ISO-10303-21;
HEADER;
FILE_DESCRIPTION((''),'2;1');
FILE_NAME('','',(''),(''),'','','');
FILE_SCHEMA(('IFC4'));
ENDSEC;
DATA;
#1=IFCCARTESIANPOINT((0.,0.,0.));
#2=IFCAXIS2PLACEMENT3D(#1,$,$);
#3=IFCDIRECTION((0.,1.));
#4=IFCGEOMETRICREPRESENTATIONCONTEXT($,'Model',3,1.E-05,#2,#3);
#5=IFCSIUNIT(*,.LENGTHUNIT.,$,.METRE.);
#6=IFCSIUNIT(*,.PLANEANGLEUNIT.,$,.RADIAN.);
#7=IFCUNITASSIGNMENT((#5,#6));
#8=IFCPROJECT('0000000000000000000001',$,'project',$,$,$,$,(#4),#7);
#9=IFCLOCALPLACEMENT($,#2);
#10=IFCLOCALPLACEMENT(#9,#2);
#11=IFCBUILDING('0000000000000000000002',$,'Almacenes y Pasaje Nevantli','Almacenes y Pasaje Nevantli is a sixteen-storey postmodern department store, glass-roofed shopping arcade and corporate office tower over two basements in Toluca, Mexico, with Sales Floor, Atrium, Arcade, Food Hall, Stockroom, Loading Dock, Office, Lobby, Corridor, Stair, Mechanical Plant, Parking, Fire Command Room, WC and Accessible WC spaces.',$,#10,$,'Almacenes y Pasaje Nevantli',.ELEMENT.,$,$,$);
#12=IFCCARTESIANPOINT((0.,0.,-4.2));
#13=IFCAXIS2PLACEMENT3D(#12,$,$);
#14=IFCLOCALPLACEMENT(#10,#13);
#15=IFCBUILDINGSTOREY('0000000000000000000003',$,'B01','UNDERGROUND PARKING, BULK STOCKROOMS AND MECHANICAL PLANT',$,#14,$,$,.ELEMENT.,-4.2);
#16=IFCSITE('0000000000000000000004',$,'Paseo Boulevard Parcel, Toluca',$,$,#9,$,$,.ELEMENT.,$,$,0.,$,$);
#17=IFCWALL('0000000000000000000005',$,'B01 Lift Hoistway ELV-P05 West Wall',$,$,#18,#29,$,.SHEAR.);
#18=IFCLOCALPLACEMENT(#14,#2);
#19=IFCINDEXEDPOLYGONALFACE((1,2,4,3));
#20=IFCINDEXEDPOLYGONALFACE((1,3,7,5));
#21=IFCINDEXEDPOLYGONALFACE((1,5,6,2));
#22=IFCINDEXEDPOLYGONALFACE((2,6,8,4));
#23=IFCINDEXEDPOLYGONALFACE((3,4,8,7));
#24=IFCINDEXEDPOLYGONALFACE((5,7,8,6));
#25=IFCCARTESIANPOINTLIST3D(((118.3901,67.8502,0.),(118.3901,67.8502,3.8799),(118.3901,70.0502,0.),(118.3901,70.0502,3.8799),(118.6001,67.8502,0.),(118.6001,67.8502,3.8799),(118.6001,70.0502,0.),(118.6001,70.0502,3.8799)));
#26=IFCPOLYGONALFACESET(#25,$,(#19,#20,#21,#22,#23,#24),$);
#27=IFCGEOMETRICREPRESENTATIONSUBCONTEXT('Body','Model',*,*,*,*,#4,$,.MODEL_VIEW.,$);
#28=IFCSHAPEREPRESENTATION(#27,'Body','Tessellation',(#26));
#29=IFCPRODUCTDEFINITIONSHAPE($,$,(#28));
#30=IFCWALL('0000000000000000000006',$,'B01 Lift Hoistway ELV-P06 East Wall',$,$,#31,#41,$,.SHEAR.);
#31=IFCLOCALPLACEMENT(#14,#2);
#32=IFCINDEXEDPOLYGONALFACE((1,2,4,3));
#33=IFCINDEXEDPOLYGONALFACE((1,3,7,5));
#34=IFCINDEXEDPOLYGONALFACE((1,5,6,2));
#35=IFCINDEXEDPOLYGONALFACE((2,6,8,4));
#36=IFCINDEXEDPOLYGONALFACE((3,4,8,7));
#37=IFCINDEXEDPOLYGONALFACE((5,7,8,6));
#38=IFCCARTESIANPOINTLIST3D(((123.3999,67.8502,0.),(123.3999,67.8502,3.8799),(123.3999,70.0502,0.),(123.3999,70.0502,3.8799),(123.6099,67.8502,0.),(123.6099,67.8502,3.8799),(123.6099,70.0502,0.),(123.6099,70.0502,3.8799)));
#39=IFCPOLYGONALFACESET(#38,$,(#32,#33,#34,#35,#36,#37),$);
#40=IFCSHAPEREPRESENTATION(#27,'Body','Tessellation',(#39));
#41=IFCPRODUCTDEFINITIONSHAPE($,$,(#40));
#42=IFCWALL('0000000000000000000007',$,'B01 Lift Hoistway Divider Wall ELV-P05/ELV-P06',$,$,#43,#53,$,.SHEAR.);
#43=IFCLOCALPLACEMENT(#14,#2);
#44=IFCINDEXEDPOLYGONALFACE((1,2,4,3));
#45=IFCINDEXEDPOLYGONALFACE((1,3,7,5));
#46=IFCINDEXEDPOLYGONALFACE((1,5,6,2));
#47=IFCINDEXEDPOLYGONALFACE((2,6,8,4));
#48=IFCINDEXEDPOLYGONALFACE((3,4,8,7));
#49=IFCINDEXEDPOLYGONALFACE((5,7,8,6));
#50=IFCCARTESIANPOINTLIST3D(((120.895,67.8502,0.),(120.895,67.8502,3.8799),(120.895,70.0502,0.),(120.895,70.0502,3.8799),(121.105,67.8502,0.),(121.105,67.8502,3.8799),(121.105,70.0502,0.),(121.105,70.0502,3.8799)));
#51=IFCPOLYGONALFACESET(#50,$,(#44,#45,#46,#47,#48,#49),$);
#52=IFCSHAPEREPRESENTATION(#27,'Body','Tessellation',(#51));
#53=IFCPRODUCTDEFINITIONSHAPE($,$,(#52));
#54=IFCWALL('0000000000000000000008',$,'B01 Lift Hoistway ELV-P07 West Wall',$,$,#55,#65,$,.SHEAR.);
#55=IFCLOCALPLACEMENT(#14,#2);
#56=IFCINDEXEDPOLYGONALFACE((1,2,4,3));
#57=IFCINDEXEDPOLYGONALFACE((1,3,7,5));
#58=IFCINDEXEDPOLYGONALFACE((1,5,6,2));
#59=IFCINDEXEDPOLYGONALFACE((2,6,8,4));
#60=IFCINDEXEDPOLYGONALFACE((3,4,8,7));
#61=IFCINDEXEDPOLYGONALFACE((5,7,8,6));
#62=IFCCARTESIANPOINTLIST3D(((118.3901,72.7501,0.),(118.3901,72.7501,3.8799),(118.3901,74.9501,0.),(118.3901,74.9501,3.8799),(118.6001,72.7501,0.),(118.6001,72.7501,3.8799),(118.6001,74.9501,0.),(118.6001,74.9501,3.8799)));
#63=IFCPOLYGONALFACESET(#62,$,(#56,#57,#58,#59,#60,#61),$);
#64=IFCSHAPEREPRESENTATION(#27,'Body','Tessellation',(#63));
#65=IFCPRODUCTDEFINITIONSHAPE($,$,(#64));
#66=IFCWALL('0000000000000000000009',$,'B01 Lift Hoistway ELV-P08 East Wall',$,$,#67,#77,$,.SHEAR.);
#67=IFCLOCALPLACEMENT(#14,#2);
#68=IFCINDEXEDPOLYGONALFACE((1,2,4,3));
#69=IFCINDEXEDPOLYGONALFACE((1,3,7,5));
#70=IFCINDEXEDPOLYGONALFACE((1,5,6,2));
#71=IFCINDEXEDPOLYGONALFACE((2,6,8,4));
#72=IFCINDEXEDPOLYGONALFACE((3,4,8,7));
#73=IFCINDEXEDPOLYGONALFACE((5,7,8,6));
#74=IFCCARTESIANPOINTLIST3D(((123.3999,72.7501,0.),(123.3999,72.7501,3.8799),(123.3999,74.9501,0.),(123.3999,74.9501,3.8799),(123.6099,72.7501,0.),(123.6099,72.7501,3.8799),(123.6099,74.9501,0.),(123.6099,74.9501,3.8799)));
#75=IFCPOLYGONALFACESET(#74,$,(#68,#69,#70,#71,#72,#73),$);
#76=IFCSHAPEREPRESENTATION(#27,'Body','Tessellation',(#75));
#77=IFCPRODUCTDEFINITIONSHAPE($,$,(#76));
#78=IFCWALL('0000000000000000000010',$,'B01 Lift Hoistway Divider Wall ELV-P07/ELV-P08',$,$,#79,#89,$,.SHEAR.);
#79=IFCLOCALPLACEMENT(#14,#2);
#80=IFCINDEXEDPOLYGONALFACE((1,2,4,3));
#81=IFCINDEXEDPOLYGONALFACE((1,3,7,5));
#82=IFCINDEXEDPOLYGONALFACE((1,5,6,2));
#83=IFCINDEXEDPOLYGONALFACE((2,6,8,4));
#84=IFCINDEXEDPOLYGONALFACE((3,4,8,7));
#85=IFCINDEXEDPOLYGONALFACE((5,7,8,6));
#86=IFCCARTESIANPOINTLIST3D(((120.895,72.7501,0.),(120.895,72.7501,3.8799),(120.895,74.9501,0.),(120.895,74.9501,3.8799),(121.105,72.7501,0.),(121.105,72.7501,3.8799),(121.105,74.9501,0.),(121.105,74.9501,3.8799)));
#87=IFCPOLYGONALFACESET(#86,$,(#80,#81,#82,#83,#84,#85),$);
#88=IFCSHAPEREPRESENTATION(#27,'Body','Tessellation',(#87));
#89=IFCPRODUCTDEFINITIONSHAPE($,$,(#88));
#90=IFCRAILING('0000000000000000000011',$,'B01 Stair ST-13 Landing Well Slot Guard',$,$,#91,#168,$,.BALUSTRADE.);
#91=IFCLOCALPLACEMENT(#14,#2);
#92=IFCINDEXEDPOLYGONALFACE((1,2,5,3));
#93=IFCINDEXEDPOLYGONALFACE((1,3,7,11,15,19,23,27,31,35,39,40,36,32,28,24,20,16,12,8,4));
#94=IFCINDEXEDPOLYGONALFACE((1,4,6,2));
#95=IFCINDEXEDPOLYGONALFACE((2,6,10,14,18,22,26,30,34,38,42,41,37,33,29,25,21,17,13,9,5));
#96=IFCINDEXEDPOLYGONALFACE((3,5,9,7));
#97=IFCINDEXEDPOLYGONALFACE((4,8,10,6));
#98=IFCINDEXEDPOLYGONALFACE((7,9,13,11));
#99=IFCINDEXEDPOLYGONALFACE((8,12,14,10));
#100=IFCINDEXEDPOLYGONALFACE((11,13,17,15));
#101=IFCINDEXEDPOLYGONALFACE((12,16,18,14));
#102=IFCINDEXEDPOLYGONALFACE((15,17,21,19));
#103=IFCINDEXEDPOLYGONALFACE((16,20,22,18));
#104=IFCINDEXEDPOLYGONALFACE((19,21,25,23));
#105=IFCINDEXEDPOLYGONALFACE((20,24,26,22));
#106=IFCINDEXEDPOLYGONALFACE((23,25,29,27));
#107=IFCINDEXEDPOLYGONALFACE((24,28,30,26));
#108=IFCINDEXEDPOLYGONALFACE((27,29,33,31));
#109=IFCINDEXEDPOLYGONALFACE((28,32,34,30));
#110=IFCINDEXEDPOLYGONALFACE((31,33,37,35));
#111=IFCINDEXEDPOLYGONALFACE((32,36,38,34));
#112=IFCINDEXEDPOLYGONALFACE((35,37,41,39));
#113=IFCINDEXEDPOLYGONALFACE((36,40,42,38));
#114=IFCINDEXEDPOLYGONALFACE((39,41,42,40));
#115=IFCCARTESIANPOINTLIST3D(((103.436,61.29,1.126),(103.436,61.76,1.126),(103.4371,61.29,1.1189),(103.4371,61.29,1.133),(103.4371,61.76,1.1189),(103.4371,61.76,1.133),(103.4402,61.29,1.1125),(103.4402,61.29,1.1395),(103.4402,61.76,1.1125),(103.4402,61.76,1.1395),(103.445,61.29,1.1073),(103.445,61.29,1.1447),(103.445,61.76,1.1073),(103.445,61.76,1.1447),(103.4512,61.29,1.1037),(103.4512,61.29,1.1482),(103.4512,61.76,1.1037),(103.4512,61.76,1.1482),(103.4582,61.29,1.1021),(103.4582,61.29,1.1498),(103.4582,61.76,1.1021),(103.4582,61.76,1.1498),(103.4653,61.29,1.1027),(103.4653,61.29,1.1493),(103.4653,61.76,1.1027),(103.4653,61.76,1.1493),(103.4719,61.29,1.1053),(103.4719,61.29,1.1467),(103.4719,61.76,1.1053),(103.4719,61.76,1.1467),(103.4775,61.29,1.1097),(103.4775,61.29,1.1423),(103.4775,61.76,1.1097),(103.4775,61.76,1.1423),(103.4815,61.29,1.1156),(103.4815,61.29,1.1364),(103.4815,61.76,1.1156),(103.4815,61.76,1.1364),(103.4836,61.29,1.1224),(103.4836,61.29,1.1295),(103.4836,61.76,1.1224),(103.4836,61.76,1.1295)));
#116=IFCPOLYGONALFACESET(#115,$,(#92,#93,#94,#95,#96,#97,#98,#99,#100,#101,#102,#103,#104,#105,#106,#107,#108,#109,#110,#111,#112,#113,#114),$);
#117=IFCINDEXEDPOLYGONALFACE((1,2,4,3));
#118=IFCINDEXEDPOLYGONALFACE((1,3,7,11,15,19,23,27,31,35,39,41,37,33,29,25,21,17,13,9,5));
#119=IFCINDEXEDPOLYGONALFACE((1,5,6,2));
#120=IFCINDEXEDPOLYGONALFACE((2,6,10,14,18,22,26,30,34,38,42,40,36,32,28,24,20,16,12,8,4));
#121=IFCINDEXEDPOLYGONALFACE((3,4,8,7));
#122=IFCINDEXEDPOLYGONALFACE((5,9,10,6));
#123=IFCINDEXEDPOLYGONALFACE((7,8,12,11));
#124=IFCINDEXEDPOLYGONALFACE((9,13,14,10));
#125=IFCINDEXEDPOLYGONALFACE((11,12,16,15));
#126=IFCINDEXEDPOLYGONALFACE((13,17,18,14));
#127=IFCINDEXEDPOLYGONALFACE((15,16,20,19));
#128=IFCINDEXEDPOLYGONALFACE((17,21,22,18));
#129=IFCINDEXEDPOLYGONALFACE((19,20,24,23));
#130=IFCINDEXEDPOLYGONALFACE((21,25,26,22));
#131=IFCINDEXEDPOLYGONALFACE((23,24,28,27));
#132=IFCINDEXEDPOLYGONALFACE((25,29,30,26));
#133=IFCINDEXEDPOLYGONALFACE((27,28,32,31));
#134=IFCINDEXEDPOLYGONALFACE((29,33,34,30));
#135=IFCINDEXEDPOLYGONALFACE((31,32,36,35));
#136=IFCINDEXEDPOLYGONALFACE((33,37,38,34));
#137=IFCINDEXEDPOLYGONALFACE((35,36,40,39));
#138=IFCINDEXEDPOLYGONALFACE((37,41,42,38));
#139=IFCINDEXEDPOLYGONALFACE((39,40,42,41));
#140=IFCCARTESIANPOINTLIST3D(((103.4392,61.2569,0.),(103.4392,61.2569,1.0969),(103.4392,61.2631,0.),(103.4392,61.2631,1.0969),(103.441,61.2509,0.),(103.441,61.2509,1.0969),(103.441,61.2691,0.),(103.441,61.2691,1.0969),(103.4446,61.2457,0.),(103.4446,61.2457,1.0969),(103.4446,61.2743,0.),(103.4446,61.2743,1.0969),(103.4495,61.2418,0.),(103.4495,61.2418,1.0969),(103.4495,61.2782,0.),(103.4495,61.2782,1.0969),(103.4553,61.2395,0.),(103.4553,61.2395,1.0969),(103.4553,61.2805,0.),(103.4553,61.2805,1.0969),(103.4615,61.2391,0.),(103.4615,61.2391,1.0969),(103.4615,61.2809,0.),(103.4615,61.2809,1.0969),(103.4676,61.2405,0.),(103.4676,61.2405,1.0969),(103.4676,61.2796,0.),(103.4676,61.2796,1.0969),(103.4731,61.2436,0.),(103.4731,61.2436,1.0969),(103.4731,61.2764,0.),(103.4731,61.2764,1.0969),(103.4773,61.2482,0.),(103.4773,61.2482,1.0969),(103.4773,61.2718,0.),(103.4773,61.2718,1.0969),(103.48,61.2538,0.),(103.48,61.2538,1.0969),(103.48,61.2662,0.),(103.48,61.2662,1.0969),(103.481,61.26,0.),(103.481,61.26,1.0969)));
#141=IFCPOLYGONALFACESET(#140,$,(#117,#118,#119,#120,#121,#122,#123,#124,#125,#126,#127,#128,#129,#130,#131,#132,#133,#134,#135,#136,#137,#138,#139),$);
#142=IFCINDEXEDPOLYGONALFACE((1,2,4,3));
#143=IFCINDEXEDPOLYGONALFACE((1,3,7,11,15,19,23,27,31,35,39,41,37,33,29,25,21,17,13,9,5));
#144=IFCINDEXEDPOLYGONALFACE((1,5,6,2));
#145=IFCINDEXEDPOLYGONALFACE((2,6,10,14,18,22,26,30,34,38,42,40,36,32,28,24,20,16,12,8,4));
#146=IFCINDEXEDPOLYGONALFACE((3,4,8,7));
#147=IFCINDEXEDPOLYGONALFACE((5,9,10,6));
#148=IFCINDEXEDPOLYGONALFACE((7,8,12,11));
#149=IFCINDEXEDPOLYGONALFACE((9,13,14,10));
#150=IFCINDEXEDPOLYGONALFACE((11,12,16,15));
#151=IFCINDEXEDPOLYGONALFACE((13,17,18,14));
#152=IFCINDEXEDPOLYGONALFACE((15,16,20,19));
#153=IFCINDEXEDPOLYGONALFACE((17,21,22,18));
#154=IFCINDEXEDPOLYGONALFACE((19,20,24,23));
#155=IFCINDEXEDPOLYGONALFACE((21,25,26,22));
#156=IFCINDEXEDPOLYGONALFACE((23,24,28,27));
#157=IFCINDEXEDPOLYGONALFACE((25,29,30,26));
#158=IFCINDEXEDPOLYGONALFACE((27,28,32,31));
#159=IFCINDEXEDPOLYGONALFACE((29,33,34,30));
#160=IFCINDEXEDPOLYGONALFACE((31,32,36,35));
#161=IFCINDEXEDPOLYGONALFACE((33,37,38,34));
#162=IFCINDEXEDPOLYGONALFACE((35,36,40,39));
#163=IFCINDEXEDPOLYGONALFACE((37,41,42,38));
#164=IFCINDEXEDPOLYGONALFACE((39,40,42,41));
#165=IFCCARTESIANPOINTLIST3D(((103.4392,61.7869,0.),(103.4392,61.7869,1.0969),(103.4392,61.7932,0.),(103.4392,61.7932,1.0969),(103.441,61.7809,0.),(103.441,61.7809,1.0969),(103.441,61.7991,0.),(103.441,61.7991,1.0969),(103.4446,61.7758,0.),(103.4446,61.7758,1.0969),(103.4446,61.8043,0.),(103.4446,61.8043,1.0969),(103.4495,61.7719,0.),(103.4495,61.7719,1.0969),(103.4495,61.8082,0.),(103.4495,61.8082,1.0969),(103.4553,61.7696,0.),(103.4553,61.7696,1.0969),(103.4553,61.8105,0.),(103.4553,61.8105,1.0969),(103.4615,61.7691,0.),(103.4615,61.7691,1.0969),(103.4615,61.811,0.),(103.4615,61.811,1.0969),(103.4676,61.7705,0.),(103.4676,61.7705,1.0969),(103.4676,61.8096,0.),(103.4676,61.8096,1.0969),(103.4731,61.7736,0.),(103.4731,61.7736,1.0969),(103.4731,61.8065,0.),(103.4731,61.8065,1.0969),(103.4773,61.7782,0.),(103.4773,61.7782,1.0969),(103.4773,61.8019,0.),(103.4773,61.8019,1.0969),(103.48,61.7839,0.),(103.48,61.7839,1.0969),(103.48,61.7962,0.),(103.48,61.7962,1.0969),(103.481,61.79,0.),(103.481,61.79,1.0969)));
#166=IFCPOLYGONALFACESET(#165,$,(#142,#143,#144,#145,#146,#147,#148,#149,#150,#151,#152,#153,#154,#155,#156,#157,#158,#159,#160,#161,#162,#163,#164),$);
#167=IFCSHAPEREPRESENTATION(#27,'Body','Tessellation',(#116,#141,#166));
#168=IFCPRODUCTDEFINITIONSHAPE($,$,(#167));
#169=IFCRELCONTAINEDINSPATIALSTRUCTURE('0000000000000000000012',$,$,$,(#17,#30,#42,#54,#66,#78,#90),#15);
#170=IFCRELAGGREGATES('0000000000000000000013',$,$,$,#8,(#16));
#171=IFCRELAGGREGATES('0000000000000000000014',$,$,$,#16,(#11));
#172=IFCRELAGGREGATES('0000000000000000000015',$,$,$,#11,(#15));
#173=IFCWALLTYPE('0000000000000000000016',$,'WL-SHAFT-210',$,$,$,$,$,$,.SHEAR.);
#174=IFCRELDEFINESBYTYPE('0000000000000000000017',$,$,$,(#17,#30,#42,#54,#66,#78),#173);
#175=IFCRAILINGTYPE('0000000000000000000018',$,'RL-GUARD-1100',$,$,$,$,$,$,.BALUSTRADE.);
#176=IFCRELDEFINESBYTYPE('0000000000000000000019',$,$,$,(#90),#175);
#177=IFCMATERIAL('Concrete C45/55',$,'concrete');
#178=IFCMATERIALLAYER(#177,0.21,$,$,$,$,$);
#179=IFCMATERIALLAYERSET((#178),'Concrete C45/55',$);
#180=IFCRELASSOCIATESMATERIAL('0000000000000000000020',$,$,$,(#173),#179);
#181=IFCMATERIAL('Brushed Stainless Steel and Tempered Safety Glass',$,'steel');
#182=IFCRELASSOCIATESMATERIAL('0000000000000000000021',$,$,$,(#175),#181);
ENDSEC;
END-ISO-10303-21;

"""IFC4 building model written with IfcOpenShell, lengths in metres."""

from ifc_helpers import new_model, si_unit, direction, frame, frame_2d, origin, origin_2d, place, context, subcontext, project, spatial, rectangle, circle, extrude, material, layer, layer_set, type_object, element, save


model = new_model("IFC4")

# Units and contexts
model_context = context("Model", 3, precision=1e-05, world=origin(), true_north=direction((0.0, 1.0)))
body_context = subcontext(model_context, "Body", "Model", "MODEL_VIEW")
ifc_project = project(units=[si_unit("LENGTHUNIT", "METRE"), si_unit("PLANEANGLEUNIT", "RADIAN")], contexts=[model_context])

# Site, building, storey
site_placement = place(None, origin())
site = spatial("IfcSite", under=ifc_project, at=site_placement, Name="Paseo Boulevard Parcel, Toluca", CompositionType="ELEMENT", RefElevation=0.0)
building_placement = place(site_placement, origin())
building = spatial("IfcBuilding", under=site, at=building_placement, Name="Almacenes y Pasaje Nevantli", Description="Almacenes y Pasaje Nevantli is a sixteen-storey postmodern department store, glass-roofed shopping arcade and corporate office tower over two basements in Toluca, Mexico, with Sales Floor, Atrium, Arcade, Food Hall, Stockroom, Loading Dock, Office, Lobby, Corridor, Stair, Mechanical Plant, Parking, Fire Command Room, WC and Accessible WC spaces.", LongName="Almacenes y Pasaje Nevantli", CompositionType="ELEMENT")
storey_placement = place(building_placement, frame((0.0, 0.0, -4.2)))
storey = spatial("IfcBuildingStorey", under=building, at=storey_placement, Name="B01", Description="UNDERGROUND PARKING, BULK STOCKROOMS AND MECHANICAL PLANT", CompositionType="ELEMENT", Elevation=-4.2)

# Shared definitions
ifc_material_1 = material(Name="Concrete C45/55", Category="concrete")
ifc_layer_1 = layer(ifc_material_1, 0.21)
ifc_layer_set_1 = layer_set([ifc_layer_1], Name="Concrete C45/55")
wall_type_1 = type_object("IfcWallType", Name="WL-SHAFT-210", PredefinedType="SHEAR", material=ifc_layer_set_1)

# Walls
for number, where, z_axis, x_axis, name in (
    (1, (118.4951, 67.8501, 0.0), (0.0, 0.0, 1.0), (0.0, 1.0, 0.0), "B01 Lift Hoistway ELV-P05 West Wall"),
    (2, (123.5049, 67.8501, 0.0), (0.0, 0.0, 1.0), (0.0, 1.0, 0.0), "B01 Lift Hoistway ELV-P06 East Wall"),
    (3, (121.0, 67.8501, 0.0), (0.0, 0.0, 1.0), (0.0, 1.0, 0.0), "B01 Lift Hoistway Divider Wall ELV-P05/ELV-P06"),
):
    element("IfcWall", number, at=place(storey_placement, frame(where, z_axis=z_axis, x_axis=x_axis)), inside=storey, type_object=wall_type_1, Name=name, PredefinedType="SHEAR", context=body_context, shape_type="SweptSolid", body=[
        extrude(rectangle(XDim=2.2, YDim=0.21, at=frame_2d((1.1001, 0.0))), origin(), (0.0, 0.0, 1.0), 3.8799),
    ])

# Walls
for number, where, z_axis, x_axis, name in (
    (4, (118.4951, 72.75, 0.0), (0.0, 0.0, 1.0), (0.0, 1.0, 0.0), "B01 Lift Hoistway ELV-P07 West Wall"),
    (5, (123.5049, 72.75, 0.0), (0.0, 0.0, 1.0), (0.0, 1.0, 0.0), "B01 Lift Hoistway ELV-P08 East Wall"),
    (6, (121.0, 72.75, 0.0), (0.0, 0.0, 1.0), (0.0, 1.0, 0.0), "B01 Lift Hoistway Divider Wall ELV-P07/ELV-P08"),
):
    element("IfcWall", number, at=place(storey_placement, frame(where, z_axis=z_axis, x_axis=x_axis)), inside=storey, type_object=wall_type_1, Name=name, PredefinedType="SHEAR", context=body_context, shape_type="SweptSolid", body=[
        extrude(rectangle(XDim=2.2, YDim=0.21, at=frame_2d((1.1001, 0.0))), origin(), (0.0, 0.0, 1.0), 3.8799),
    ])

# Railing
ifc_material_2 = material(Name="Brushed Stainless Steel and Tempered Safety Glass", Category="steel")
railing_type = type_object("IfcRailingType", Name="RL-GUARD-1100", PredefinedType="BALUSTRADE", material=ifc_material_2)
railing_placement = place(storey_placement, frame((103.46, 61.26, 0.0)))
element("IfcRailing", 7, at=railing_placement, inside=storey, type_object=railing_type, Name="B01 Stair ST-13 Landing Well Slot Guard", PredefinedType="BALUSTRADE", context=body_context, shape_type="SweptSolid", body=[
    extrude(circle(Radius=0.0239, at=origin_2d()), frame((0.0, 0.03, 1.126), z_axis=(0.0, 1.0, 0.0), x_axis=(-1.0, 0.0, 0.0)), (0.0, 0.0, 1.0), 0.47),
    extrude(circle(Radius=0.021, at=origin_2d()), origin(), (0.0, 0.0, 1.0), 1.0969),
    extrude(circle(Radius=0.021, at=origin_2d()), frame((0.0, 0.53, 0.0)), (0.0, 0.0, 1.0), 1.0969),
])

save(model, "model.ifc")
